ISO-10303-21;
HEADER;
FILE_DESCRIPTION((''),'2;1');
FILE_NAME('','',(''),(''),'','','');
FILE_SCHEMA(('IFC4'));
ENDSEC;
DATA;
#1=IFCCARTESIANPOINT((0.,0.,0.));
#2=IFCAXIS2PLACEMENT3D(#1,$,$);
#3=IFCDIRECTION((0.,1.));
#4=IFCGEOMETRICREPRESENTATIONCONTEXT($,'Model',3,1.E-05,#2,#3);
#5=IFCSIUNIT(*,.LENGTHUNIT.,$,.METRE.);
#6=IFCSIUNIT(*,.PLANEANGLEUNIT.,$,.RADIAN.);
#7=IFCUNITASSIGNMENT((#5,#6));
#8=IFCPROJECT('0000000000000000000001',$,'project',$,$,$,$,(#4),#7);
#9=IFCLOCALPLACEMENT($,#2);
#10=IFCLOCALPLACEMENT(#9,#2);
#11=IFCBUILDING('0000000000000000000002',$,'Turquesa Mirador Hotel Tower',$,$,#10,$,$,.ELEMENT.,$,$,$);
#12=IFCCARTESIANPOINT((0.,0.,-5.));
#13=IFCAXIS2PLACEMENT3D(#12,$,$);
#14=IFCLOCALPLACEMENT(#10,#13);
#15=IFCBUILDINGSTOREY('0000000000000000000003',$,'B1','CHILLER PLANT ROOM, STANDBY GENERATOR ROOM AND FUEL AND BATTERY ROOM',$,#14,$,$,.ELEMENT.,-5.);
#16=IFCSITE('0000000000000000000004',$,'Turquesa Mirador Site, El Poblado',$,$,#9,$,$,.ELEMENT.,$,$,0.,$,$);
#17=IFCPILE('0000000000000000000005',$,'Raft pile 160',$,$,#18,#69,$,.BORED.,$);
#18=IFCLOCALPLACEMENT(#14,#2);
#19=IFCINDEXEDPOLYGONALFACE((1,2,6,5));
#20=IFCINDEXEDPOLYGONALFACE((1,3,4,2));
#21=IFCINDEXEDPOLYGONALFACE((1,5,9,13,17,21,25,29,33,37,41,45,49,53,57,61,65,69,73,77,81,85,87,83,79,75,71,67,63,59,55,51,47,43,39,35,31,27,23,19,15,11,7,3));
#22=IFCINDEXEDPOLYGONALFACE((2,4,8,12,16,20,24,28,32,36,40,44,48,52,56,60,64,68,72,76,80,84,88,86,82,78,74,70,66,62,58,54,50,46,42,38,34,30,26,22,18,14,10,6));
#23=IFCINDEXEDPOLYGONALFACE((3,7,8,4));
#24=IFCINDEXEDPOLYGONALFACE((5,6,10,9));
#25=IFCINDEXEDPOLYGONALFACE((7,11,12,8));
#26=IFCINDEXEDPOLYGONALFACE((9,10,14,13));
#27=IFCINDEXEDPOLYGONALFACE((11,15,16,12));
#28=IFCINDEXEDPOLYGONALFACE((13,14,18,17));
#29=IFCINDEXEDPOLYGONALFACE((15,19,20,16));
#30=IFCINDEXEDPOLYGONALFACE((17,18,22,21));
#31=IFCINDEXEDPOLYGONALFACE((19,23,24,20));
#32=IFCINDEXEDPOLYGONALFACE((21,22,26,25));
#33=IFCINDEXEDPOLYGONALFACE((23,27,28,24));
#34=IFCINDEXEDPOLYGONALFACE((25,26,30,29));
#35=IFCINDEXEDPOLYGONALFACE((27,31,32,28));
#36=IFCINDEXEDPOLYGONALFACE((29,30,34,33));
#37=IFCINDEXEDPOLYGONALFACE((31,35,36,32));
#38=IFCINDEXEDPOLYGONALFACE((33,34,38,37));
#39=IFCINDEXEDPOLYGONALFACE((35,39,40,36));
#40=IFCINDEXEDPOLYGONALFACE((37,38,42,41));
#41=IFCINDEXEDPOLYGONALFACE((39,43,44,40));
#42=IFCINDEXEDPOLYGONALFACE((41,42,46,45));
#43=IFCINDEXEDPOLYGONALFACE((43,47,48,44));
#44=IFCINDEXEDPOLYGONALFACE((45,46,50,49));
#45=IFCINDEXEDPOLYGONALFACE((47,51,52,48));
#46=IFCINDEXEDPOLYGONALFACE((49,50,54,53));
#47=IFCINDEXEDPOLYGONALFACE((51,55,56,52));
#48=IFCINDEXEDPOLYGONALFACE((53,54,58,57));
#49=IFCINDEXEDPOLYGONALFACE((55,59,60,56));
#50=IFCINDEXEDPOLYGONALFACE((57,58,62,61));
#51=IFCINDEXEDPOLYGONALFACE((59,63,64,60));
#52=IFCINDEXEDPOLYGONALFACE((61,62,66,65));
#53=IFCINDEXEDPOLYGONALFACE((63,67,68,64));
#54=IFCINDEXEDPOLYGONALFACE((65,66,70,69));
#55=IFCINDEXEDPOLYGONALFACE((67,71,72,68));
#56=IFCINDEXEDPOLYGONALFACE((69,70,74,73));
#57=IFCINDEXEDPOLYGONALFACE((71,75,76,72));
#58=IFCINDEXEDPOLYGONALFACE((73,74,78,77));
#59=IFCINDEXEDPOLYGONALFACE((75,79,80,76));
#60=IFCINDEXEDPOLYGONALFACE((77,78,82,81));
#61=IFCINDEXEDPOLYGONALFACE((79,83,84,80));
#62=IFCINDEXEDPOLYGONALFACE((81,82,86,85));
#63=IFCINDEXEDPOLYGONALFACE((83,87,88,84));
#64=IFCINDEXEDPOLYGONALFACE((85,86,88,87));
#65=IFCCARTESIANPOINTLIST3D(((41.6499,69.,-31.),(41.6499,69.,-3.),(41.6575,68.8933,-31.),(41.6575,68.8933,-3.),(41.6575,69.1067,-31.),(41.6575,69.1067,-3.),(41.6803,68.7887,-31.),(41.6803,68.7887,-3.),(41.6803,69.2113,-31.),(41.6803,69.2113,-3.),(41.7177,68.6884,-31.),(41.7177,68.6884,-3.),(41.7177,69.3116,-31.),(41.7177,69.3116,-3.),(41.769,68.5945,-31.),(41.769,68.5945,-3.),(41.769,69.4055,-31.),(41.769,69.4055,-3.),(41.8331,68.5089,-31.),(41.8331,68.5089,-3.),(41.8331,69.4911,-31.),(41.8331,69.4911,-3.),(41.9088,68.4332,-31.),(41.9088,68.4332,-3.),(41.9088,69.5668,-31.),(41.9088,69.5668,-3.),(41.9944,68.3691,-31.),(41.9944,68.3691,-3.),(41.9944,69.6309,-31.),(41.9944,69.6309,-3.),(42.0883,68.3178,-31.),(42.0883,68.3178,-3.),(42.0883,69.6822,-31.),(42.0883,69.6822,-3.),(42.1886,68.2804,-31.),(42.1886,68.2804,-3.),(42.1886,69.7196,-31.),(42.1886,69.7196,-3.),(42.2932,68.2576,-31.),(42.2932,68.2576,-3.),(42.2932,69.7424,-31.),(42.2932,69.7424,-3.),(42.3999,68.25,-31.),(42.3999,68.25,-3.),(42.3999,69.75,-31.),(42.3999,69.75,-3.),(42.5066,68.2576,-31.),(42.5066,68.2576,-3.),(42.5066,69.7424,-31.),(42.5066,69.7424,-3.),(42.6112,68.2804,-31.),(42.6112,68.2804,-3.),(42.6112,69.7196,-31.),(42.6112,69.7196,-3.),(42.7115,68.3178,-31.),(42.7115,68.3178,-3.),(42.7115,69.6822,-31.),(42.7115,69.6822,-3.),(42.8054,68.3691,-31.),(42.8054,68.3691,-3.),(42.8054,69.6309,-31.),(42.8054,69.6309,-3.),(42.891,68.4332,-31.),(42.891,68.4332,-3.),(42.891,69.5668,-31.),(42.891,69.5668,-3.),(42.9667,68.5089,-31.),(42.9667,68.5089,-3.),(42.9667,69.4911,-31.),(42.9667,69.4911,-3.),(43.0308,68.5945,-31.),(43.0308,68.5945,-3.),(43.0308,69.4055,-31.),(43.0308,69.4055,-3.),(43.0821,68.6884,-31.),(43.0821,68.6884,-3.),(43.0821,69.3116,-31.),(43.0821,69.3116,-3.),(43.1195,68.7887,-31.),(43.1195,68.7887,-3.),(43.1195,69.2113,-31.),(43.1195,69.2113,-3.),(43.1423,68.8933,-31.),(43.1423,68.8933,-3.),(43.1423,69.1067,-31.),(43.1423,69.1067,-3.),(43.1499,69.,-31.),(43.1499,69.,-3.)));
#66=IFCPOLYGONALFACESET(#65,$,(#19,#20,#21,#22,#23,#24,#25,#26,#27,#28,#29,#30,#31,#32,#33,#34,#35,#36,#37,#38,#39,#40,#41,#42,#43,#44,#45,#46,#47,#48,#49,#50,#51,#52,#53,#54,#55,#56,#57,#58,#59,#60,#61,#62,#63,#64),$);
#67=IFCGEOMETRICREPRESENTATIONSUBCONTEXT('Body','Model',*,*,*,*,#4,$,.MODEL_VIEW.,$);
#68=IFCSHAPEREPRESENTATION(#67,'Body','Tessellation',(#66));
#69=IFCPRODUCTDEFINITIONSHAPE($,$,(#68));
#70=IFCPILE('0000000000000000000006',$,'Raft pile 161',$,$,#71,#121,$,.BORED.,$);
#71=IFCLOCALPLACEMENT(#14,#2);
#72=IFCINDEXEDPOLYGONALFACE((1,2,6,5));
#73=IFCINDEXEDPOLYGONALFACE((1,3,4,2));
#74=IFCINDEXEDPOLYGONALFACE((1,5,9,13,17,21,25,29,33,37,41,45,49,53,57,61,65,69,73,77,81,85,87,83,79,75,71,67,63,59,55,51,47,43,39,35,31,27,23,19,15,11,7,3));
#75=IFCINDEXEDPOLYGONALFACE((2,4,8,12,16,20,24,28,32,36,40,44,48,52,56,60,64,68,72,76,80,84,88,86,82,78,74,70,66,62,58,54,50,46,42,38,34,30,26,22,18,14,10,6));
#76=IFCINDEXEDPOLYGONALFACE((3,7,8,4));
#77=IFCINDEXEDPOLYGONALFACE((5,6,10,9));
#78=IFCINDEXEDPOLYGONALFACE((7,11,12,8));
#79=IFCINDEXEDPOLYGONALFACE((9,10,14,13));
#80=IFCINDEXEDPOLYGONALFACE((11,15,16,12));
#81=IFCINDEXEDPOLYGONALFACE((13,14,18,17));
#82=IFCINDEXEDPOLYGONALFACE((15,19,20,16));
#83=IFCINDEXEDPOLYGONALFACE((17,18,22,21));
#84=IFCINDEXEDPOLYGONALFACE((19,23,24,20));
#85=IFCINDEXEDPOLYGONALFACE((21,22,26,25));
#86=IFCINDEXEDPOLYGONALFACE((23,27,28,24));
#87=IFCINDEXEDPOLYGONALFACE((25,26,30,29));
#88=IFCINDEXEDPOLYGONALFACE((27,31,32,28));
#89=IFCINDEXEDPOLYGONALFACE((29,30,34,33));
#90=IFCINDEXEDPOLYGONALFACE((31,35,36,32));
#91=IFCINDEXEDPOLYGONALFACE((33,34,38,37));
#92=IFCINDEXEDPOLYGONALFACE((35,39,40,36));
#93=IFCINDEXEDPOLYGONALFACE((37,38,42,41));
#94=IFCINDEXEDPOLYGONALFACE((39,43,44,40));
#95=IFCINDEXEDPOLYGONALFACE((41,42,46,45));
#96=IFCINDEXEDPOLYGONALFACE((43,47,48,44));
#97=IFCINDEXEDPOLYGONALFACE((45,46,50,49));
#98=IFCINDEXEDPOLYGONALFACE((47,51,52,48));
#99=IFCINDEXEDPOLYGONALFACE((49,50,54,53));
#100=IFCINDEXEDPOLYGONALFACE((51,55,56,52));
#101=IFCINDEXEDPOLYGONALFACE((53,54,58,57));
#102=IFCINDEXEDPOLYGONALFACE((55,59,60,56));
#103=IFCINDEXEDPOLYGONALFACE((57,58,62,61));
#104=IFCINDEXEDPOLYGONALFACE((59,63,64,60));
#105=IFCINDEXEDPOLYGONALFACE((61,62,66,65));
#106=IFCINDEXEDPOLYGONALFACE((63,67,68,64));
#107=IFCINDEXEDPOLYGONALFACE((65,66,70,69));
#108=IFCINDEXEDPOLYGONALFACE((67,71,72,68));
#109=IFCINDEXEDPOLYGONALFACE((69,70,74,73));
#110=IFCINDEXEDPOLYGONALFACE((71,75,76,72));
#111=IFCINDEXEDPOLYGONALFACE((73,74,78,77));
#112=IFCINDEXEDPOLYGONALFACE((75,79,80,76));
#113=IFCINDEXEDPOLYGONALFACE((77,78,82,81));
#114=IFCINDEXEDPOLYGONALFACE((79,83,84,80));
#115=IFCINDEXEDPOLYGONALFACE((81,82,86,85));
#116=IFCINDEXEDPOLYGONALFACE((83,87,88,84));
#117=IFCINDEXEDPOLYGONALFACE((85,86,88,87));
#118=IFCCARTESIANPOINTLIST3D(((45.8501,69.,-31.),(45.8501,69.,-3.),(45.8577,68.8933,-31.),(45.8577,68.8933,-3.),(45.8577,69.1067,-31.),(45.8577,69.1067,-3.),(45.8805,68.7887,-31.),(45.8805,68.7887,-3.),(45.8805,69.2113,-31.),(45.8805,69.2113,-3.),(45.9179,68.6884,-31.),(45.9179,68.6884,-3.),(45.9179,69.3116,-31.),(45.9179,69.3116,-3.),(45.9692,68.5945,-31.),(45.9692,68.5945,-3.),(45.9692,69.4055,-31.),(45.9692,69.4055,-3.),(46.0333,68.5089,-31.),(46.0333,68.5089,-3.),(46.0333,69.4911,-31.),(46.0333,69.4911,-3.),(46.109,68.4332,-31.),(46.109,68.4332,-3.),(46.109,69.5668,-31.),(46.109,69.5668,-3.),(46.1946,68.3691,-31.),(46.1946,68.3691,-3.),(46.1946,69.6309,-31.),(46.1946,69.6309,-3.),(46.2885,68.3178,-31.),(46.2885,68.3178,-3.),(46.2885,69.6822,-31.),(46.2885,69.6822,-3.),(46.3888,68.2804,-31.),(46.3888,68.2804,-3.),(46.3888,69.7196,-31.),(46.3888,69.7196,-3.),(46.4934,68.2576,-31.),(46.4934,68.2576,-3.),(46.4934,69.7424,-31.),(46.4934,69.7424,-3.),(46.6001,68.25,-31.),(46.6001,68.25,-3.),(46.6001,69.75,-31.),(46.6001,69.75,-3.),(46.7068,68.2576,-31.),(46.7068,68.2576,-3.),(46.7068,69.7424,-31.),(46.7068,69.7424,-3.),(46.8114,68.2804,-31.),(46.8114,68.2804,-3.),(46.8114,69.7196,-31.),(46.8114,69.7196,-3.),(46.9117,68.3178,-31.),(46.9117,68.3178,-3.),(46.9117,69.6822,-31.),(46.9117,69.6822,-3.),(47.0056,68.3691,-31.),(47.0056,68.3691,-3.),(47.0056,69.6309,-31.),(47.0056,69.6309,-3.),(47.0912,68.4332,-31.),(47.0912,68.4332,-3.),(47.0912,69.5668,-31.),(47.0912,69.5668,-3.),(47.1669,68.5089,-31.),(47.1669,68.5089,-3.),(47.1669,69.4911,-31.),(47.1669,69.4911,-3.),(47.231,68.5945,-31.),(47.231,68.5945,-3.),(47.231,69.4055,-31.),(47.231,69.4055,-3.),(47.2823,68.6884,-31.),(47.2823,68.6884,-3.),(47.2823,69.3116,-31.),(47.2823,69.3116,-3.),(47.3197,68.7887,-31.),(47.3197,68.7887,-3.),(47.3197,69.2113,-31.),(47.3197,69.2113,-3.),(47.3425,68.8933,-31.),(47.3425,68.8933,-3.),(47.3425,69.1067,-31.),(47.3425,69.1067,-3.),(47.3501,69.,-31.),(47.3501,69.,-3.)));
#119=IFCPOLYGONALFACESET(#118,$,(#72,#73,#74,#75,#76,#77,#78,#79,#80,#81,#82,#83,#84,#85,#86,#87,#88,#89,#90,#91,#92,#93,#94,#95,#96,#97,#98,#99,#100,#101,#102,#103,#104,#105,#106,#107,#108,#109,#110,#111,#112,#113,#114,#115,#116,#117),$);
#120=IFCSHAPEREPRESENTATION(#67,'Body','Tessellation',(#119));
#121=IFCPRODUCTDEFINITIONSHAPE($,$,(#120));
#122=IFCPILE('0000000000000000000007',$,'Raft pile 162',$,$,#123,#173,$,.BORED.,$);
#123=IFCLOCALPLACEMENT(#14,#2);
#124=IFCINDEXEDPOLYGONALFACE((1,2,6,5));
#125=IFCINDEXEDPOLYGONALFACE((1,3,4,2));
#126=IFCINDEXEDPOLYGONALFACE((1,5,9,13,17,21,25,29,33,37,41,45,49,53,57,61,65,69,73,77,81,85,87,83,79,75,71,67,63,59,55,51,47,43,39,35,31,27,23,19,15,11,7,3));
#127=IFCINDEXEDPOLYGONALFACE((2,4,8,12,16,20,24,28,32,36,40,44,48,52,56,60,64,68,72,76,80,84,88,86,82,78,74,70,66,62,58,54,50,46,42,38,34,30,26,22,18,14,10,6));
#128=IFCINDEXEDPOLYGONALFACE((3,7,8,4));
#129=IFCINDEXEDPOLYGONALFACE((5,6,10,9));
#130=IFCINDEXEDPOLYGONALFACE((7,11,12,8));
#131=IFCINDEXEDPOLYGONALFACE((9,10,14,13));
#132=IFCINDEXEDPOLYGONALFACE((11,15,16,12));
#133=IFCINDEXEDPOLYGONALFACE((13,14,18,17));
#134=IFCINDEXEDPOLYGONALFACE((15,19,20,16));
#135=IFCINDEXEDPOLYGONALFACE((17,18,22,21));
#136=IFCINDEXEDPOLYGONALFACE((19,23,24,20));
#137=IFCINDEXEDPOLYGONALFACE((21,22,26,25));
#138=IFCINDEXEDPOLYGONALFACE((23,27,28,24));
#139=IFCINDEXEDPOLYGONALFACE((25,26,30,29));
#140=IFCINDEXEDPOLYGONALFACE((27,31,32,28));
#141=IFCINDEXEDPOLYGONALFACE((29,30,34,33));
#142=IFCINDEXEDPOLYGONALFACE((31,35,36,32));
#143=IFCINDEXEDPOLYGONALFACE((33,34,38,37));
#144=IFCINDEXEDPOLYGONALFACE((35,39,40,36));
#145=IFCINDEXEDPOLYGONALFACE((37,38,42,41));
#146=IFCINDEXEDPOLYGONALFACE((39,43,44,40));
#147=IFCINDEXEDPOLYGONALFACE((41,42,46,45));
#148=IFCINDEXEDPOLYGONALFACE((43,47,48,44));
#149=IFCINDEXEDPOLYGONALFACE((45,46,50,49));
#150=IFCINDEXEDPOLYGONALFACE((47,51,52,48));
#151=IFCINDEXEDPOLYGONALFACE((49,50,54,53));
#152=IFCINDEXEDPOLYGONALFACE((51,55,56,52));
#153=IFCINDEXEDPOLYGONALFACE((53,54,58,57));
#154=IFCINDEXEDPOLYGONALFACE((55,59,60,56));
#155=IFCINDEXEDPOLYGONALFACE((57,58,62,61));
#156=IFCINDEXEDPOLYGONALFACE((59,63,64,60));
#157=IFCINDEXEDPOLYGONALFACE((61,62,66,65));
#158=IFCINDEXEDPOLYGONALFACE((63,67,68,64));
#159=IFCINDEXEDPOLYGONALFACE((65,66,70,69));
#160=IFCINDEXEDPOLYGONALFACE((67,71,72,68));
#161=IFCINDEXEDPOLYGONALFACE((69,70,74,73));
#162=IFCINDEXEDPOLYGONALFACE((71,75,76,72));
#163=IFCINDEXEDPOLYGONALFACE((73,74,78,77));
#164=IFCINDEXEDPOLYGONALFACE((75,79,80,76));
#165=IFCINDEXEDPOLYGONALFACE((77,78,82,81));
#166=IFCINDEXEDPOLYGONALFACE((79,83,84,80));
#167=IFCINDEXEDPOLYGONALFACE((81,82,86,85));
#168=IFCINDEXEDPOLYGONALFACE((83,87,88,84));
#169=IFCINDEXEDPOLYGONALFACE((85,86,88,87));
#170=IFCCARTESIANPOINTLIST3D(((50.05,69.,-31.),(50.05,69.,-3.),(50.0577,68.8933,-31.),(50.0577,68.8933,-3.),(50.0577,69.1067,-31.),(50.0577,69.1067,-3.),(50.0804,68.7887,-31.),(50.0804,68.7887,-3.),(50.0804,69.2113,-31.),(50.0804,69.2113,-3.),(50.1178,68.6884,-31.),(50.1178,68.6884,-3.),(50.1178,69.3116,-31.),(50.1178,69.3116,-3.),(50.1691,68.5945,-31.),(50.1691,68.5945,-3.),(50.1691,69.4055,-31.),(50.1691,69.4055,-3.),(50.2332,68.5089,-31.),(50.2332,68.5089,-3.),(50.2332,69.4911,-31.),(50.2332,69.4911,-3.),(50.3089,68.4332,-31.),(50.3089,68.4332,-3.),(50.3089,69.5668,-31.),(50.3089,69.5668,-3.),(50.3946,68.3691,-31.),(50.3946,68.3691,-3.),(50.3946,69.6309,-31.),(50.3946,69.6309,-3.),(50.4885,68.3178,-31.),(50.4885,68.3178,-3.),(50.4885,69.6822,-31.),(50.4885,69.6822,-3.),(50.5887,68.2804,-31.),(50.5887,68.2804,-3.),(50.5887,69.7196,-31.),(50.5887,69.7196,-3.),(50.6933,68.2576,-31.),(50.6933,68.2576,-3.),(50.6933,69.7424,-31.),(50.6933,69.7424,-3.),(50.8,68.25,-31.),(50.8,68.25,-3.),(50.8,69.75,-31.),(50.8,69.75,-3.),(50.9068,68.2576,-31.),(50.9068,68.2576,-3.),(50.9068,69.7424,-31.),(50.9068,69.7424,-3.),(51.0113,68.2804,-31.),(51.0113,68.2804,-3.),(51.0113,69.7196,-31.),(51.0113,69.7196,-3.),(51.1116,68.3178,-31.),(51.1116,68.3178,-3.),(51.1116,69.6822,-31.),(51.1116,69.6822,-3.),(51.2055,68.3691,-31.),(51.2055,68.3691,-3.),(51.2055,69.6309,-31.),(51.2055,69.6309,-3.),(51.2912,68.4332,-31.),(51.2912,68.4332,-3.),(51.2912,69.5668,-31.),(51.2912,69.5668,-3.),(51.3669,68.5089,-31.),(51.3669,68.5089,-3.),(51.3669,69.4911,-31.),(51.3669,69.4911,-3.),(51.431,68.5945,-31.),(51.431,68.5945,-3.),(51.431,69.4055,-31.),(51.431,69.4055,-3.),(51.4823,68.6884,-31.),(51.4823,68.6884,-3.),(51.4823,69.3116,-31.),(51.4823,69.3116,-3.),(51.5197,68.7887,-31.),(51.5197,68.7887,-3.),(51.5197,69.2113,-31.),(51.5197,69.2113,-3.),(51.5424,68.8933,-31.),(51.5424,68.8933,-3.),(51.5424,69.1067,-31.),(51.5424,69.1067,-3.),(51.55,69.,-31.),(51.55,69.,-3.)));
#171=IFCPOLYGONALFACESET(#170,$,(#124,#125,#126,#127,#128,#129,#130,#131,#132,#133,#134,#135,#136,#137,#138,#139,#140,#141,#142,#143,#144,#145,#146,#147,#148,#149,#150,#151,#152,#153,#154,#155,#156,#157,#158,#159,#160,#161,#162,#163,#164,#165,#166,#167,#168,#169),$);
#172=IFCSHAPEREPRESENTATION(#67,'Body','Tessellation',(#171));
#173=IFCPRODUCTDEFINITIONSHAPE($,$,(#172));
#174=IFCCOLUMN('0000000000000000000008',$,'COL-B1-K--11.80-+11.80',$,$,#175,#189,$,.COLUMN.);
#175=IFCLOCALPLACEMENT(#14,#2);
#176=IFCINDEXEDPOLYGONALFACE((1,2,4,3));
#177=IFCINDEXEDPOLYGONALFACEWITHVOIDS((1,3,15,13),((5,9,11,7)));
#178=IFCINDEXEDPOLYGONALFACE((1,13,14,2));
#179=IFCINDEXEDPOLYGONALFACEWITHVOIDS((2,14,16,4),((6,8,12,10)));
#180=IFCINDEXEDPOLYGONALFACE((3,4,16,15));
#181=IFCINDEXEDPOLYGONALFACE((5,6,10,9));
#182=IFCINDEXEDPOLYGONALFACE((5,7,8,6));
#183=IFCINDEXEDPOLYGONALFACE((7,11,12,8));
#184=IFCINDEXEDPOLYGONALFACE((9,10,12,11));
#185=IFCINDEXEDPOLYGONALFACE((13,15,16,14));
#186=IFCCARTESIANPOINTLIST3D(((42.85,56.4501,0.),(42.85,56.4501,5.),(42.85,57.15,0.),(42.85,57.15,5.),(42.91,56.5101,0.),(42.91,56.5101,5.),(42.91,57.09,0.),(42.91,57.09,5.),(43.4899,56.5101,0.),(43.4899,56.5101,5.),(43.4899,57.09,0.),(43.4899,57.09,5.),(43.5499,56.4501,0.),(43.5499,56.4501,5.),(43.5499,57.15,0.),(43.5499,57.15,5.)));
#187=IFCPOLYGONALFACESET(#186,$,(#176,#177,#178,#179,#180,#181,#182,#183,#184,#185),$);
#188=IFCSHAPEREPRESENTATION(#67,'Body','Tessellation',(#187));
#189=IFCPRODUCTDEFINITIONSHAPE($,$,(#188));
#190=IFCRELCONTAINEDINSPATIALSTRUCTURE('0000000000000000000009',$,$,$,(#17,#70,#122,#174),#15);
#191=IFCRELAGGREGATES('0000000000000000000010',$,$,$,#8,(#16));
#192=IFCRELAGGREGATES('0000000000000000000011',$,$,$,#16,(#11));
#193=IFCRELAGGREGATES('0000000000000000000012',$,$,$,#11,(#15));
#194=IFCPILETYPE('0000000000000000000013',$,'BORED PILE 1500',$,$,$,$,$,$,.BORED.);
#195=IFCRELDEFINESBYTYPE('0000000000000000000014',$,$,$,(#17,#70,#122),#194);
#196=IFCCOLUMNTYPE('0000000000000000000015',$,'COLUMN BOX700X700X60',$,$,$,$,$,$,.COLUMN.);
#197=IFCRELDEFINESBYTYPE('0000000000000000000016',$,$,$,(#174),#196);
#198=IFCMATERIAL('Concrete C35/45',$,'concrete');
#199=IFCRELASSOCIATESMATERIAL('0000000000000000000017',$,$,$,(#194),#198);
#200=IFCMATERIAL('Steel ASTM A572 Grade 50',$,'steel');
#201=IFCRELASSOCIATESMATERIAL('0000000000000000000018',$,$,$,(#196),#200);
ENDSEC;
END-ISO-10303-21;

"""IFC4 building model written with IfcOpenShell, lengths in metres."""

from ifc_helpers import new_model, si_unit, direction, frame, origin, origin_2d, place, context, subcontext, project, spatial, hollow_rectangle, circle, extrude, material, material_profile, profile_set, type_object, element, save


model = new_model("IFC4")

# Units and contexts
model_context = context("Model", 3, precision=1e-05, world=origin(), true_north=direction((0.0, 1.0)))
body_context = subcontext(model_context, "Body", "Model", "MODEL_VIEW")
ifc_project = project(units=[si_unit("LENGTHUNIT", "METRE"), si_unit("PLANEANGLEUNIT", "RADIAN")], contexts=[model_context])

# Site, building, storey
site_placement = place(None, origin())
site = spatial("IfcSite", under=ifc_project, at=site_placement, Name="Turquesa Mirador Site, El Poblado", CompositionType="ELEMENT", RefElevation=0.0)
building_placement = place(site_placement, origin())
building = spatial("IfcBuilding", under=site, at=building_placement, Name="Turquesa Mirador Hotel Tower", CompositionType="ELEMENT")
storey_placement = place(building_placement, frame((0.0, 0.0, -5.0)))
storey = spatial("IfcBuildingStorey", under=building, at=storey_placement, Name="B1", Description="CHILLER PLANT ROOM, STANDBY GENERATOR ROOM AND FUEL AND BATTERY ROOM", CompositionType="ELEMENT", Elevation=-5.0)

# Piles
ifc_material_1 = material(Name="Concrete C35/45", Category="concrete")
pile_type = type_object("IfcPileType", Name="BORED PILE 1500", PredefinedType="BORED", material=ifc_material_1)
for number, where, z_axis, x_axis, name in (
    (1, (42.3999, 69.0, -3.0), (0.0, 0.0, -1.0), (1.0, 0.0, 0.0), "Raft pile 160"),
    (2, (46.6001, 69.0, -3.0), (0.0, 0.0, -1.0), (1.0, 0.0, 0.0), "Raft pile 161"),
    (3, (50.8, 69.0, -3.0), (0.0, 0.0, -1.0), (1.0, 0.0, 0.0), "Raft pile 162"),
):
    element("IfcPile", number, at=place(storey_placement, frame(where, z_axis=z_axis, x_axis=x_axis)), inside=storey, type_object=pile_type, Name=name, PredefinedType="BORED", context=body_context, shape_type="SweptSolid", body=[
        extrude(circle(Radius=0.75, at=origin_2d()), origin(), (0.0, 0.0, 1.0), 28.0),
    ])

# Column
ifc_material_2 = material(Name="Steel ASTM A572 Grade 50", Category="steel")
ifc_material_profile_1 = material_profile(ifc_material_2, hollow_rectangle(XDim=0.7, YDim=0.7, WallThickness=0.0601, at=origin_2d()), Name="BOX700X700X60")
ifc_profile_set_1 = profile_set([ifc_material_profile_1], Name="Steel ASTM A572 Grade 50")
column_type_1 = type_object("IfcColumnType", Name="COLUMN BOX700X700X60", PredefinedType="COLUMN", material=ifc_profile_set_1)
column_placement = place(storey_placement, frame((43.2, 56.8, 0.0), z_axis=(0.0, 0.0, 1.0), x_axis=(1.0, 0.0, 0.0)))
element("IfcColumn", 4, at=column_placement, inside=storey, type_object=column_type_1, Name="COL-B1-K--11.80-+11.80", PredefinedType="COLUMN", context=body_context, shape_type="SweptSolid", body=[
    extrude(hollow_rectangle(XDim=0.7, YDim=0.7, WallThickness=0.0601, at=origin_2d()), origin(), (0.0, 0.0, 1.0), 5.0),
])

save(model, "model.ifc")
